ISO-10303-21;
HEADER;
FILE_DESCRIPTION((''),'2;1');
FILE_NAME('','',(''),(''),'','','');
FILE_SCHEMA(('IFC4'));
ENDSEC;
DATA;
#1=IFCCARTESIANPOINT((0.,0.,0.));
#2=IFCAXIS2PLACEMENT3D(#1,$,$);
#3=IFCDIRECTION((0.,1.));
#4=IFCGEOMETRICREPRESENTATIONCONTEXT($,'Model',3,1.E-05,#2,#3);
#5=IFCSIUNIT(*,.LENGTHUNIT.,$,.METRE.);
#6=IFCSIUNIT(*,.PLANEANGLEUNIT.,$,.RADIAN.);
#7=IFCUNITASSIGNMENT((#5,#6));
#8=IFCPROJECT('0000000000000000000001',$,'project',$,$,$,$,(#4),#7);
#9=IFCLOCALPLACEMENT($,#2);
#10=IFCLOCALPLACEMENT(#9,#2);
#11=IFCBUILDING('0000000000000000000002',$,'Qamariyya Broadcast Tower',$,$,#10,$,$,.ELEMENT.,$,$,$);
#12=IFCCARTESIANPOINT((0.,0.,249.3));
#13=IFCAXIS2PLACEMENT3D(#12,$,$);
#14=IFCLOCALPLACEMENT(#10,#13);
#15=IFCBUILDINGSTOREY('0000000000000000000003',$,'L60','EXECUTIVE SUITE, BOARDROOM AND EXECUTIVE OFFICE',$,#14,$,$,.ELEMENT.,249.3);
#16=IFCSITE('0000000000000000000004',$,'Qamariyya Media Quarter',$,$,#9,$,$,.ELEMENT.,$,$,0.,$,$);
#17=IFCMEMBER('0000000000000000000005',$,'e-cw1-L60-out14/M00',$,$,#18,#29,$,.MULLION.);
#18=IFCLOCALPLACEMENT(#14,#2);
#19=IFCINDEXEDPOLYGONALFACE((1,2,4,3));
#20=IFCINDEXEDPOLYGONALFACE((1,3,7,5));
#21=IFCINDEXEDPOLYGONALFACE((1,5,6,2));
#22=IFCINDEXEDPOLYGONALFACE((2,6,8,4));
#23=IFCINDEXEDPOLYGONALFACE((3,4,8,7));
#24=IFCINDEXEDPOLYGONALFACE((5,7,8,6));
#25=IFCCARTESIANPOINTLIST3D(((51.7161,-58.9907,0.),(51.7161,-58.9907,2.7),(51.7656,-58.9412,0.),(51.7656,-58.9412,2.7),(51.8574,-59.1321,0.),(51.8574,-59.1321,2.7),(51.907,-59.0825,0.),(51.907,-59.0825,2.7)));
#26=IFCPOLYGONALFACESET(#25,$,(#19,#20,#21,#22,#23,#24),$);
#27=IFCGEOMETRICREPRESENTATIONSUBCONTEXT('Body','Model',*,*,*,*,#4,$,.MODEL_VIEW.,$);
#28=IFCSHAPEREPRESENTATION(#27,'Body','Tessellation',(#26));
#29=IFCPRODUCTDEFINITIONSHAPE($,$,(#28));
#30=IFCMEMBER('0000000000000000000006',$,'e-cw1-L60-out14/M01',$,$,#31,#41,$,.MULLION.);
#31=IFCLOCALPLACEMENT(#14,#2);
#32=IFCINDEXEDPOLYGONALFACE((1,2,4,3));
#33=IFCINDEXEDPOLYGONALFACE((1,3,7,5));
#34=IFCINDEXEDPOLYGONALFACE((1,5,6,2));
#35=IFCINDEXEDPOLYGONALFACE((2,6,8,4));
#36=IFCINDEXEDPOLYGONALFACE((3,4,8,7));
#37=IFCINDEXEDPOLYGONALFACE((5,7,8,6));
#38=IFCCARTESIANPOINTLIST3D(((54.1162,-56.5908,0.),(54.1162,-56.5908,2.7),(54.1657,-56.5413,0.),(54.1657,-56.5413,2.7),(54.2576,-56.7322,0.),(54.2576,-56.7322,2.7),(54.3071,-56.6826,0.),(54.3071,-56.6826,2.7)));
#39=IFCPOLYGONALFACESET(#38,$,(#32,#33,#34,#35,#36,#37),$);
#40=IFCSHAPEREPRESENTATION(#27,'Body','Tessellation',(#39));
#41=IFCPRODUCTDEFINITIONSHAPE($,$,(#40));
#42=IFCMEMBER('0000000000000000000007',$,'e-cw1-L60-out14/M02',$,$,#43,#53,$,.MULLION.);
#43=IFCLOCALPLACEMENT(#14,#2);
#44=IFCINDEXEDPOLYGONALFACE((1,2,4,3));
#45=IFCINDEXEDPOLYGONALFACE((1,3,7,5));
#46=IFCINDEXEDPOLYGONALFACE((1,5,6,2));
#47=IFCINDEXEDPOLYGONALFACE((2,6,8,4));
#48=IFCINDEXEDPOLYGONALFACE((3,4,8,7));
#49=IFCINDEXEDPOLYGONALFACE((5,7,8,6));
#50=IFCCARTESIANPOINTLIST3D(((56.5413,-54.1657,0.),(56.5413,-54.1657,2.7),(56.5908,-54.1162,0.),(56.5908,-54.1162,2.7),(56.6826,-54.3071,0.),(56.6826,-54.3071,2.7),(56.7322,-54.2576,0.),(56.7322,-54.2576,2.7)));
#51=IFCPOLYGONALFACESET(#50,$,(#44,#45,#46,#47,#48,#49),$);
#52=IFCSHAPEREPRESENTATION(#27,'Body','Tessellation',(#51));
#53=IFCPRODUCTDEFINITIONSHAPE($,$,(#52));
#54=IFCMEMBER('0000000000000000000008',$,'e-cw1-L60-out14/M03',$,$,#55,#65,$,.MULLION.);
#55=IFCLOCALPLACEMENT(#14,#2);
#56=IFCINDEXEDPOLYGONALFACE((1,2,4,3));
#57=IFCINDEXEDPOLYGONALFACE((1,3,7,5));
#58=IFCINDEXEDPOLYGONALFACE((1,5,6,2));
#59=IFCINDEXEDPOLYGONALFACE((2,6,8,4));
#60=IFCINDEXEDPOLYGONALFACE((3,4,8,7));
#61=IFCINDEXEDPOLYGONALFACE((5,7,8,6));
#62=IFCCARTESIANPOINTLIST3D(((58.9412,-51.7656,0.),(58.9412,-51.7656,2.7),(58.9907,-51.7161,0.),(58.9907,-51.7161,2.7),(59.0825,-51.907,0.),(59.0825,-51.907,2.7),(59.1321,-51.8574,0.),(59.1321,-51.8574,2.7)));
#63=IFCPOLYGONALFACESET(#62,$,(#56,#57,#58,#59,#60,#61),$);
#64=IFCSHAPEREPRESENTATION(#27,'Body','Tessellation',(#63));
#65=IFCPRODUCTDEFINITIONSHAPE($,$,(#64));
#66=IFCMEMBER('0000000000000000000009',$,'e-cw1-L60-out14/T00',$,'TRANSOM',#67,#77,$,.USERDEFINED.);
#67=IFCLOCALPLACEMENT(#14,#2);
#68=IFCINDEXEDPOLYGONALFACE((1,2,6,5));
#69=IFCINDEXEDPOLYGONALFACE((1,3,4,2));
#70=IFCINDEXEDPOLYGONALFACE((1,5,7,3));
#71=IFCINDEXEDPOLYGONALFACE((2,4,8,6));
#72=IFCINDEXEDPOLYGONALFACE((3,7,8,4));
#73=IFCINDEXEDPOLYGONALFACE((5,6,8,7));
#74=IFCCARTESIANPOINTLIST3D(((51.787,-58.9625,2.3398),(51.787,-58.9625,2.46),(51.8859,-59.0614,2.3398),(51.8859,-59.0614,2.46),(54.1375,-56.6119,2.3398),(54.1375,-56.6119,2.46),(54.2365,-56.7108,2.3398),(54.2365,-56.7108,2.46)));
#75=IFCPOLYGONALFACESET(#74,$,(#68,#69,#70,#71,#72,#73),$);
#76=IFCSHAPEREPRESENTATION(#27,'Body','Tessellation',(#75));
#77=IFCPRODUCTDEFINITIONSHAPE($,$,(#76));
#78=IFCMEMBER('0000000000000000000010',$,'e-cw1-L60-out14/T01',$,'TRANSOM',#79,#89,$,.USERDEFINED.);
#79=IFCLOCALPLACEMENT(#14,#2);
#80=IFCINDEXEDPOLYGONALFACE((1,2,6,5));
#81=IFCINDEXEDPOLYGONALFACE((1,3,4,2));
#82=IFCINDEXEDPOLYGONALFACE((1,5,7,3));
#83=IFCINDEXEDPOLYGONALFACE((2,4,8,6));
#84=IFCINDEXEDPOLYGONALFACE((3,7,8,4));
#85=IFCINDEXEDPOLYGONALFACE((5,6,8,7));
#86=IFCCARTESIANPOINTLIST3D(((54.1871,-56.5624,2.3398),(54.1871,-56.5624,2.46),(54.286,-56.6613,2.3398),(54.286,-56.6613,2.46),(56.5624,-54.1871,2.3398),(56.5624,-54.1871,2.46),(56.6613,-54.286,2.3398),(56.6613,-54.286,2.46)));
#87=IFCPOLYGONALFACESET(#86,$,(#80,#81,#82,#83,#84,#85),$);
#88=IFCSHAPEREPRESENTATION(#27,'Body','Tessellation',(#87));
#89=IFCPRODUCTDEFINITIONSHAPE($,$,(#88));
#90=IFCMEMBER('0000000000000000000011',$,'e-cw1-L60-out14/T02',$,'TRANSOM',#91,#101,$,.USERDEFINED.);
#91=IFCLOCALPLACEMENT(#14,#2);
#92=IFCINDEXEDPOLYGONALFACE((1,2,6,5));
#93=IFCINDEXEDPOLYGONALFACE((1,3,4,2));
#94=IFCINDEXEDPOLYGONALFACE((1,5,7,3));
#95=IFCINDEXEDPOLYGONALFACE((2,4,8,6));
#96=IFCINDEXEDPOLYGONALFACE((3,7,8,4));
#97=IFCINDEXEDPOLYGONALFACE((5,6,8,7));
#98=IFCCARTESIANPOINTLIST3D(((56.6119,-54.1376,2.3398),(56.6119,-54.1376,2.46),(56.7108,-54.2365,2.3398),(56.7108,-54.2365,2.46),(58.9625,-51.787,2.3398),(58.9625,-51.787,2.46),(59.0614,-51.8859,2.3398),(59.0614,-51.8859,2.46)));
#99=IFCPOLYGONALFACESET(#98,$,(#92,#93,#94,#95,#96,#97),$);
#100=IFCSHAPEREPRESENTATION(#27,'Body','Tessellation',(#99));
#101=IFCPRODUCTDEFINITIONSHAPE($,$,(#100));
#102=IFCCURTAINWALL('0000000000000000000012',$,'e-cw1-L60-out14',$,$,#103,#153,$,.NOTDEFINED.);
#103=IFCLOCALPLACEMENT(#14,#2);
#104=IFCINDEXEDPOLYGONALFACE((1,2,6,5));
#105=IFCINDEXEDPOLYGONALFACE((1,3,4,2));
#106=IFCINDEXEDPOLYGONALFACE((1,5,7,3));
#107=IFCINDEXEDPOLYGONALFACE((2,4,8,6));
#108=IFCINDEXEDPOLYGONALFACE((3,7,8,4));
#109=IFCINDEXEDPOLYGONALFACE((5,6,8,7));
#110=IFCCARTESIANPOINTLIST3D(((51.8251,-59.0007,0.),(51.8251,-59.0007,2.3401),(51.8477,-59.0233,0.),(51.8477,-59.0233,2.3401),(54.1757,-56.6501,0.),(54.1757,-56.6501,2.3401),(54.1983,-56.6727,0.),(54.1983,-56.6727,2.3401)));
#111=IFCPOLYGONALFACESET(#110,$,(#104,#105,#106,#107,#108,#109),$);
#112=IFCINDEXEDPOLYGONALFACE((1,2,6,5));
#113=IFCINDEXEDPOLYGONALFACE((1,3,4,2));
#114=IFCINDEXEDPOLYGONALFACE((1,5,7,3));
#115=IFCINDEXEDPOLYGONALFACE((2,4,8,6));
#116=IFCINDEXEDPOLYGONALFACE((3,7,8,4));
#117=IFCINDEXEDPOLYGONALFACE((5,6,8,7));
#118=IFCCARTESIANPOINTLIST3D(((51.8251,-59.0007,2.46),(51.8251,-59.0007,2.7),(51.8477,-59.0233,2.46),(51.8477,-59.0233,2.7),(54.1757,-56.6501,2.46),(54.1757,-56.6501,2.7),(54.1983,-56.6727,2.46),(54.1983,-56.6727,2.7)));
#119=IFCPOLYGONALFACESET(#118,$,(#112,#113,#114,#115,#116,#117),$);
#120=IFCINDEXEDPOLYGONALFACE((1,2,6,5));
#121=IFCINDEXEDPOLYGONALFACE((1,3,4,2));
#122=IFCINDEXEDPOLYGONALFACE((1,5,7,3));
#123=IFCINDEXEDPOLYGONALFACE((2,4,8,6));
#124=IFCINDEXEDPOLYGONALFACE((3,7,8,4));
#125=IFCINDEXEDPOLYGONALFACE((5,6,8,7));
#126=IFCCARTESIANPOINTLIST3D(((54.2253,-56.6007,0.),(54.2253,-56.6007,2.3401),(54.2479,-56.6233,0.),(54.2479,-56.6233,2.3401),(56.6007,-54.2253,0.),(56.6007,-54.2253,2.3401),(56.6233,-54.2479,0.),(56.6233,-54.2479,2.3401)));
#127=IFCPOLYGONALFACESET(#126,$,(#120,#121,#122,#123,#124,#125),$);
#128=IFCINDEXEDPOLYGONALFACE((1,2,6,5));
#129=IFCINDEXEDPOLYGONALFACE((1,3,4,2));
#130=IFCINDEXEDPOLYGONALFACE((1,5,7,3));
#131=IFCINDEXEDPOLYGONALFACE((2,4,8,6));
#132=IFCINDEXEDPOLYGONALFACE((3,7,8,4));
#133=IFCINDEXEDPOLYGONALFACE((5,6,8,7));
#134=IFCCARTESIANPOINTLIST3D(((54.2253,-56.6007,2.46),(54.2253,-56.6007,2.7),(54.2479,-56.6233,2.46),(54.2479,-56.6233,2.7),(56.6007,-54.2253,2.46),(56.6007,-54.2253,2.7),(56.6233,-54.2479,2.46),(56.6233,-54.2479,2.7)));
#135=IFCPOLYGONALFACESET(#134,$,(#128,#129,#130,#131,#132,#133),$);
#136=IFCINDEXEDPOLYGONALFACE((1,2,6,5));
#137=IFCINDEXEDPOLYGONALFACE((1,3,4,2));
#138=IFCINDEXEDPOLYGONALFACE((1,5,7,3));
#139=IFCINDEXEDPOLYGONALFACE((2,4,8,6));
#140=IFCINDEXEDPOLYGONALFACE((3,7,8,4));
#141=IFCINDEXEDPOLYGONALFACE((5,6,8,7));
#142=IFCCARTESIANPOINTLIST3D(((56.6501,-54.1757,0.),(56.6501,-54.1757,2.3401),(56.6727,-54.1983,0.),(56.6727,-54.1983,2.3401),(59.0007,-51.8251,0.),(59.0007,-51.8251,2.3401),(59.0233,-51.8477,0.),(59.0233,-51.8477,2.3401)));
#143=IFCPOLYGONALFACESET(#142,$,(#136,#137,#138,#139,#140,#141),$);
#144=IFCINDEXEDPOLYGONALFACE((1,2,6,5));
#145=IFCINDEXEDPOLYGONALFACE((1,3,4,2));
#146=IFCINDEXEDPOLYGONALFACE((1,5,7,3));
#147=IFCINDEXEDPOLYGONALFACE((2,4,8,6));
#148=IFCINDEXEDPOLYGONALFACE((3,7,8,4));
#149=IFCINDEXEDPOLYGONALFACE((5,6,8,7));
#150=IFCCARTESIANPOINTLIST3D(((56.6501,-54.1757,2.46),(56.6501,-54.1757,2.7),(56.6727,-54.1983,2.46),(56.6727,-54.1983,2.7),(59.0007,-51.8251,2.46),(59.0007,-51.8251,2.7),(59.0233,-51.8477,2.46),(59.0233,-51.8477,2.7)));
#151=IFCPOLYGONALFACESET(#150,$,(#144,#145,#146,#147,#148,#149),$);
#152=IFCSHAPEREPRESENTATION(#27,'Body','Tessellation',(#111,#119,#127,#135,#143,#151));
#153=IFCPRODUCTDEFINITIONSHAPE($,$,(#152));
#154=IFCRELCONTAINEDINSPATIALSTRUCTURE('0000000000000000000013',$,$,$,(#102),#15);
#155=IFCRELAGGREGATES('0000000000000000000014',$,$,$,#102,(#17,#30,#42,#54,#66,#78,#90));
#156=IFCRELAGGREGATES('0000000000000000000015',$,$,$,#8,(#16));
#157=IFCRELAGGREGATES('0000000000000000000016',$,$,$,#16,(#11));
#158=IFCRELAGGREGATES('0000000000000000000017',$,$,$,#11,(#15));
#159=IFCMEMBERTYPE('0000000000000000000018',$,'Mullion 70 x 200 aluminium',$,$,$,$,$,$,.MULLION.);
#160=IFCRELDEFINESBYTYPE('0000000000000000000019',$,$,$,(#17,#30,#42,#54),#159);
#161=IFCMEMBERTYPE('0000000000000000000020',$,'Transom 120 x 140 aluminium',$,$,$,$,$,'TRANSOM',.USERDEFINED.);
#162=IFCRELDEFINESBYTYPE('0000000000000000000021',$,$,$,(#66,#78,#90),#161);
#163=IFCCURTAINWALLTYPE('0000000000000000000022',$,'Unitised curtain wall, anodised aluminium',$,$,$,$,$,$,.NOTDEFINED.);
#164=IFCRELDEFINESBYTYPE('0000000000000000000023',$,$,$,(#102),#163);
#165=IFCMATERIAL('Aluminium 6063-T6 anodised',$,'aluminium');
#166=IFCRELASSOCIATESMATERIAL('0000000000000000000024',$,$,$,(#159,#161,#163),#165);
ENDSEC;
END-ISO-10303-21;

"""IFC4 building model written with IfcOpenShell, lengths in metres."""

from ifc_helpers import new_model, si_unit, direction, frame, origin, origin_2d, place, context, subcontext, project, spatial, rectangle, extrude, material, material_profile, profile_set, type_object, element, aggregate, save


model = new_model("IFC4")

# Units and contexts
model_context = context("Model", 3, precision=1e-05, world=origin(), true_north=direction((0.0, 1.0)))
body_context = subcontext(model_context, "Body", "Model", "MODEL_VIEW")
ifc_project = project(units=[si_unit("LENGTHUNIT", "METRE"), si_unit("PLANEANGLEUNIT", "RADIAN")], contexts=[model_context])

# Members
ifc_material = material(Name="Aluminium 6063-T6 anodised", Category="aluminium")
ifc_material_profile_1 = material_profile(ifc_material, rectangle(XDim=0.2, YDim=0.0701, at=origin_2d()))
ifc_profile_set_1 = profile_set([ifc_material_profile_1], Name="Aluminium 6063-T6 anodised")
member_type_1 = type_object("IfcMemberType", Name="Mullion 70 x 200 aluminium", PredefinedType="MULLION", material=ifc_profile_set_1)
site_placement = place(None, origin())
building_placement = place(site_placement, origin())
storey_placement = place(building_placement, frame((0.0, 0.0, 249.3)))
member_1_placement = place(storey_placement, frame((51.8115, -59.0366, 0.0), z_axis=(0.0, 0.0, 1.0), x_axis=(-0.707107, 0.707107, 0.0)))
member_1 = element("IfcMember", 1, at=member_1_placement, type_object=member_type_1, Name="e-cw1-L60-out14/M00", PredefinedType="MULLION", context=body_context, shape_type="SweptSolid", body=[
    extrude(rectangle(XDim=0.2, YDim=0.0701, at=origin_2d()), origin(), (0.0, 0.0, 1.0), 2.7),
])
member_2_placement = place(storey_placement, frame((54.2117, -56.6367, 0.0), z_axis=(0.0, 0.0, 1.0), x_axis=(-0.707107, 0.707107, 0.0)))
member_2 = element("IfcMember", 2, at=member_2_placement, type_object=member_type_1, Name="e-cw1-L60-out14/M01", PredefinedType="MULLION", context=body_context, shape_type="SweptSolid", body=[
    extrude(rectangle(XDim=0.2, YDim=0.0701, at=origin_2d()), origin(), (0.0, 0.0, 1.0), 2.7),
])
member_3_placement = place(storey_placement, frame((56.6367, -54.2117, 0.0), z_axis=(0.0, 0.0, 1.0), x_axis=(-0.707107, 0.707107, 0.0)))
member_3 = element("IfcMember", 3, at=member_3_placement, type_object=member_type_1, Name="e-cw1-L60-out14/M02", PredefinedType="MULLION", context=body_context, shape_type="SweptSolid", body=[
    extrude(rectangle(XDim=0.2, YDim=0.0701, at=origin_2d()), origin(), (0.0, 0.0, 1.0), 2.7),
])
member_4_placement = place(storey_placement, frame((59.0366, -51.8115, 0.0), z_axis=(0.0, 0.0, 1.0), x_axis=(-0.707107, 0.707107, 0.0)))
member_4 = element("IfcMember", 4, at=member_4_placement, type_object=member_type_1, Name="e-cw1-L60-out14/M03", PredefinedType="MULLION", context=body_context, shape_type="SweptSolid", body=[
    extrude(rectangle(XDim=0.2, YDim=0.0701, at=origin_2d()), origin(), (0.0, 0.0, 1.0), 2.7),
])
ifc_material_profile_2 = material_profile(ifc_material, rectangle(XDim=0.1399, YDim=0.1201, at=origin_2d()))
ifc_profile_set_2 = profile_set([ifc_material_profile_2], Name="Aluminium 6063-T6 anodised")
member_type_2 = type_object("IfcMemberType", Name="Transom 120 x 140 aluminium", ElementType="TRANSOM", PredefinedType="USERDEFINED", material=ifc_profile_set_2)
member_5_placement = place(storey_placement, frame((51.8364, -59.012, 2.3999), z_axis=(0.707107, 0.707107, 0.0), x_axis=(-0.707107, 0.707107, 0.0)))
member_5 = element("IfcMember", 5, at=member_5_placement, type_object=member_type_2, Name="e-cw1-L60-out14/T00", ObjectType="TRANSOM", PredefinedType="USERDEFINED", context=body_context, shape_type="SweptSolid", body=[
    extrude(rectangle(XDim=0.1399, YDim=0.1201, at=origin_2d()), origin(), (0.0, 0.0, 1.0), 3.3242),
])
member_6_placement = place(storey_placement, frame((54.2366, -56.6118, 2.3999), z_axis=(0.707107, 0.707107, 0.0), x_axis=(-0.707107, 0.707107, 0.0)))
member_6 = element("IfcMember", 6, at=member_6_placement, type_object=member_type_2, Name="e-cw1-L60-out14/T01", ObjectType="TRANSOM", PredefinedType="USERDEFINED", context=body_context, shape_type="SweptSolid", body=[
    extrude(rectangle(XDim=0.1399, YDim=0.1201, at=origin_2d()), origin(), (0.0, 0.0, 1.0), 3.3591),
])
member_7_placement = place(storey_placement, frame((56.6614, -54.187, 2.3999), z_axis=(0.707107, 0.707107, 0.0), x_axis=(-0.707107, 0.707107, 0.0)))
member_7 = element("IfcMember", 7, at=member_7_placement, type_object=member_type_2, Name="e-cw1-L60-out14/T02", ObjectType="TRANSOM", PredefinedType="USERDEFINED", context=body_context, shape_type="SweptSolid", body=[
    extrude(rectangle(XDim=0.1399, YDim=0.1201, at=origin_2d()), origin(), (0.0, 0.0, 1.0), 3.3242),
])

# Site, building, storey
site = spatial("IfcSite", under=ifc_project, at=site_placement, Name="Qamariyya Media Quarter", CompositionType="ELEMENT", RefElevation=0.0)
building = spatial("IfcBuilding", under=site, at=building_placement, Name="Qamariyya Broadcast Tower", CompositionType="ELEMENT")
storey = spatial("IfcBuildingStorey", under=building, at=storey_placement, Name="L60", Description="EXECUTIVE SUITE, BOARDROOM AND EXECUTIVE OFFICE", CompositionType="ELEMENT", Elevation=249.3)

# Curtain wall
curtain_wall_type = type_object("IfcCurtainWallType", Name="Unitised curtain wall, anodised aluminium", PredefinedType="NOTDEFINED", material=ifc_material)
curtain_wall_1_placement = place(storey_placement, origin())
curtain_wall_1 = element("IfcCurtainWall", 8, at=curtain_wall_1_placement, inside=storey, type_object=curtain_wall_type, Name="e-cw1-L60-out14", PredefinedType="NOTDEFINED", context=body_context, shape_type="SweptSolid", body=[
    extrude(rectangle(XDim=3.3242, YDim=0.032, at=origin_2d()), frame((53.0117, -57.8367, 0.0), x_axis=(0.707107, 0.707107, 0.0)), (0.0, 0.0, 1.0), 2.3401),
    extrude(rectangle(XDim=3.3242, YDim=0.032, at=origin_2d()), frame((53.0117, -57.8367, 2.46), x_axis=(0.707107, 0.707107, 0.0)), (0.0, 0.0, 1.0), 0.24),
    extrude(rectangle(XDim=3.3594, YDim=0.032, at=origin_2d()), frame((55.4243, -55.4243, 0.0), x_axis=(0.707107, 0.707107, 0.0)), (0.0, 0.0, 1.0), 2.3401),
    extrude(rectangle(XDim=3.3594, YDim=0.032, at=origin_2d()), frame((55.4243, -55.4243, 2.46), x_axis=(0.707107, 0.707107, 0.0)), (0.0, 0.0, 1.0), 0.24),
    extrude(rectangle(XDim=3.3242, YDim=0.032, at=origin_2d()), frame((57.8367, -53.0117, 0.0), x_axis=(0.707107, 0.707107, 0.0)), (0.0, 0.0, 1.0), 2.3401),
    extrude(rectangle(XDim=3.3242, YDim=0.032, at=origin_2d()), frame((57.8367, -53.0117, 2.46), x_axis=(0.707107, 0.707107, 0.0)), (0.0, 0.0, 1.0), 0.24),
])
aggregate(curtain_wall_1, [member_1, member_2, member_3, member_4, member_5, member_6, member_7])

save(model, "model.ifc")
